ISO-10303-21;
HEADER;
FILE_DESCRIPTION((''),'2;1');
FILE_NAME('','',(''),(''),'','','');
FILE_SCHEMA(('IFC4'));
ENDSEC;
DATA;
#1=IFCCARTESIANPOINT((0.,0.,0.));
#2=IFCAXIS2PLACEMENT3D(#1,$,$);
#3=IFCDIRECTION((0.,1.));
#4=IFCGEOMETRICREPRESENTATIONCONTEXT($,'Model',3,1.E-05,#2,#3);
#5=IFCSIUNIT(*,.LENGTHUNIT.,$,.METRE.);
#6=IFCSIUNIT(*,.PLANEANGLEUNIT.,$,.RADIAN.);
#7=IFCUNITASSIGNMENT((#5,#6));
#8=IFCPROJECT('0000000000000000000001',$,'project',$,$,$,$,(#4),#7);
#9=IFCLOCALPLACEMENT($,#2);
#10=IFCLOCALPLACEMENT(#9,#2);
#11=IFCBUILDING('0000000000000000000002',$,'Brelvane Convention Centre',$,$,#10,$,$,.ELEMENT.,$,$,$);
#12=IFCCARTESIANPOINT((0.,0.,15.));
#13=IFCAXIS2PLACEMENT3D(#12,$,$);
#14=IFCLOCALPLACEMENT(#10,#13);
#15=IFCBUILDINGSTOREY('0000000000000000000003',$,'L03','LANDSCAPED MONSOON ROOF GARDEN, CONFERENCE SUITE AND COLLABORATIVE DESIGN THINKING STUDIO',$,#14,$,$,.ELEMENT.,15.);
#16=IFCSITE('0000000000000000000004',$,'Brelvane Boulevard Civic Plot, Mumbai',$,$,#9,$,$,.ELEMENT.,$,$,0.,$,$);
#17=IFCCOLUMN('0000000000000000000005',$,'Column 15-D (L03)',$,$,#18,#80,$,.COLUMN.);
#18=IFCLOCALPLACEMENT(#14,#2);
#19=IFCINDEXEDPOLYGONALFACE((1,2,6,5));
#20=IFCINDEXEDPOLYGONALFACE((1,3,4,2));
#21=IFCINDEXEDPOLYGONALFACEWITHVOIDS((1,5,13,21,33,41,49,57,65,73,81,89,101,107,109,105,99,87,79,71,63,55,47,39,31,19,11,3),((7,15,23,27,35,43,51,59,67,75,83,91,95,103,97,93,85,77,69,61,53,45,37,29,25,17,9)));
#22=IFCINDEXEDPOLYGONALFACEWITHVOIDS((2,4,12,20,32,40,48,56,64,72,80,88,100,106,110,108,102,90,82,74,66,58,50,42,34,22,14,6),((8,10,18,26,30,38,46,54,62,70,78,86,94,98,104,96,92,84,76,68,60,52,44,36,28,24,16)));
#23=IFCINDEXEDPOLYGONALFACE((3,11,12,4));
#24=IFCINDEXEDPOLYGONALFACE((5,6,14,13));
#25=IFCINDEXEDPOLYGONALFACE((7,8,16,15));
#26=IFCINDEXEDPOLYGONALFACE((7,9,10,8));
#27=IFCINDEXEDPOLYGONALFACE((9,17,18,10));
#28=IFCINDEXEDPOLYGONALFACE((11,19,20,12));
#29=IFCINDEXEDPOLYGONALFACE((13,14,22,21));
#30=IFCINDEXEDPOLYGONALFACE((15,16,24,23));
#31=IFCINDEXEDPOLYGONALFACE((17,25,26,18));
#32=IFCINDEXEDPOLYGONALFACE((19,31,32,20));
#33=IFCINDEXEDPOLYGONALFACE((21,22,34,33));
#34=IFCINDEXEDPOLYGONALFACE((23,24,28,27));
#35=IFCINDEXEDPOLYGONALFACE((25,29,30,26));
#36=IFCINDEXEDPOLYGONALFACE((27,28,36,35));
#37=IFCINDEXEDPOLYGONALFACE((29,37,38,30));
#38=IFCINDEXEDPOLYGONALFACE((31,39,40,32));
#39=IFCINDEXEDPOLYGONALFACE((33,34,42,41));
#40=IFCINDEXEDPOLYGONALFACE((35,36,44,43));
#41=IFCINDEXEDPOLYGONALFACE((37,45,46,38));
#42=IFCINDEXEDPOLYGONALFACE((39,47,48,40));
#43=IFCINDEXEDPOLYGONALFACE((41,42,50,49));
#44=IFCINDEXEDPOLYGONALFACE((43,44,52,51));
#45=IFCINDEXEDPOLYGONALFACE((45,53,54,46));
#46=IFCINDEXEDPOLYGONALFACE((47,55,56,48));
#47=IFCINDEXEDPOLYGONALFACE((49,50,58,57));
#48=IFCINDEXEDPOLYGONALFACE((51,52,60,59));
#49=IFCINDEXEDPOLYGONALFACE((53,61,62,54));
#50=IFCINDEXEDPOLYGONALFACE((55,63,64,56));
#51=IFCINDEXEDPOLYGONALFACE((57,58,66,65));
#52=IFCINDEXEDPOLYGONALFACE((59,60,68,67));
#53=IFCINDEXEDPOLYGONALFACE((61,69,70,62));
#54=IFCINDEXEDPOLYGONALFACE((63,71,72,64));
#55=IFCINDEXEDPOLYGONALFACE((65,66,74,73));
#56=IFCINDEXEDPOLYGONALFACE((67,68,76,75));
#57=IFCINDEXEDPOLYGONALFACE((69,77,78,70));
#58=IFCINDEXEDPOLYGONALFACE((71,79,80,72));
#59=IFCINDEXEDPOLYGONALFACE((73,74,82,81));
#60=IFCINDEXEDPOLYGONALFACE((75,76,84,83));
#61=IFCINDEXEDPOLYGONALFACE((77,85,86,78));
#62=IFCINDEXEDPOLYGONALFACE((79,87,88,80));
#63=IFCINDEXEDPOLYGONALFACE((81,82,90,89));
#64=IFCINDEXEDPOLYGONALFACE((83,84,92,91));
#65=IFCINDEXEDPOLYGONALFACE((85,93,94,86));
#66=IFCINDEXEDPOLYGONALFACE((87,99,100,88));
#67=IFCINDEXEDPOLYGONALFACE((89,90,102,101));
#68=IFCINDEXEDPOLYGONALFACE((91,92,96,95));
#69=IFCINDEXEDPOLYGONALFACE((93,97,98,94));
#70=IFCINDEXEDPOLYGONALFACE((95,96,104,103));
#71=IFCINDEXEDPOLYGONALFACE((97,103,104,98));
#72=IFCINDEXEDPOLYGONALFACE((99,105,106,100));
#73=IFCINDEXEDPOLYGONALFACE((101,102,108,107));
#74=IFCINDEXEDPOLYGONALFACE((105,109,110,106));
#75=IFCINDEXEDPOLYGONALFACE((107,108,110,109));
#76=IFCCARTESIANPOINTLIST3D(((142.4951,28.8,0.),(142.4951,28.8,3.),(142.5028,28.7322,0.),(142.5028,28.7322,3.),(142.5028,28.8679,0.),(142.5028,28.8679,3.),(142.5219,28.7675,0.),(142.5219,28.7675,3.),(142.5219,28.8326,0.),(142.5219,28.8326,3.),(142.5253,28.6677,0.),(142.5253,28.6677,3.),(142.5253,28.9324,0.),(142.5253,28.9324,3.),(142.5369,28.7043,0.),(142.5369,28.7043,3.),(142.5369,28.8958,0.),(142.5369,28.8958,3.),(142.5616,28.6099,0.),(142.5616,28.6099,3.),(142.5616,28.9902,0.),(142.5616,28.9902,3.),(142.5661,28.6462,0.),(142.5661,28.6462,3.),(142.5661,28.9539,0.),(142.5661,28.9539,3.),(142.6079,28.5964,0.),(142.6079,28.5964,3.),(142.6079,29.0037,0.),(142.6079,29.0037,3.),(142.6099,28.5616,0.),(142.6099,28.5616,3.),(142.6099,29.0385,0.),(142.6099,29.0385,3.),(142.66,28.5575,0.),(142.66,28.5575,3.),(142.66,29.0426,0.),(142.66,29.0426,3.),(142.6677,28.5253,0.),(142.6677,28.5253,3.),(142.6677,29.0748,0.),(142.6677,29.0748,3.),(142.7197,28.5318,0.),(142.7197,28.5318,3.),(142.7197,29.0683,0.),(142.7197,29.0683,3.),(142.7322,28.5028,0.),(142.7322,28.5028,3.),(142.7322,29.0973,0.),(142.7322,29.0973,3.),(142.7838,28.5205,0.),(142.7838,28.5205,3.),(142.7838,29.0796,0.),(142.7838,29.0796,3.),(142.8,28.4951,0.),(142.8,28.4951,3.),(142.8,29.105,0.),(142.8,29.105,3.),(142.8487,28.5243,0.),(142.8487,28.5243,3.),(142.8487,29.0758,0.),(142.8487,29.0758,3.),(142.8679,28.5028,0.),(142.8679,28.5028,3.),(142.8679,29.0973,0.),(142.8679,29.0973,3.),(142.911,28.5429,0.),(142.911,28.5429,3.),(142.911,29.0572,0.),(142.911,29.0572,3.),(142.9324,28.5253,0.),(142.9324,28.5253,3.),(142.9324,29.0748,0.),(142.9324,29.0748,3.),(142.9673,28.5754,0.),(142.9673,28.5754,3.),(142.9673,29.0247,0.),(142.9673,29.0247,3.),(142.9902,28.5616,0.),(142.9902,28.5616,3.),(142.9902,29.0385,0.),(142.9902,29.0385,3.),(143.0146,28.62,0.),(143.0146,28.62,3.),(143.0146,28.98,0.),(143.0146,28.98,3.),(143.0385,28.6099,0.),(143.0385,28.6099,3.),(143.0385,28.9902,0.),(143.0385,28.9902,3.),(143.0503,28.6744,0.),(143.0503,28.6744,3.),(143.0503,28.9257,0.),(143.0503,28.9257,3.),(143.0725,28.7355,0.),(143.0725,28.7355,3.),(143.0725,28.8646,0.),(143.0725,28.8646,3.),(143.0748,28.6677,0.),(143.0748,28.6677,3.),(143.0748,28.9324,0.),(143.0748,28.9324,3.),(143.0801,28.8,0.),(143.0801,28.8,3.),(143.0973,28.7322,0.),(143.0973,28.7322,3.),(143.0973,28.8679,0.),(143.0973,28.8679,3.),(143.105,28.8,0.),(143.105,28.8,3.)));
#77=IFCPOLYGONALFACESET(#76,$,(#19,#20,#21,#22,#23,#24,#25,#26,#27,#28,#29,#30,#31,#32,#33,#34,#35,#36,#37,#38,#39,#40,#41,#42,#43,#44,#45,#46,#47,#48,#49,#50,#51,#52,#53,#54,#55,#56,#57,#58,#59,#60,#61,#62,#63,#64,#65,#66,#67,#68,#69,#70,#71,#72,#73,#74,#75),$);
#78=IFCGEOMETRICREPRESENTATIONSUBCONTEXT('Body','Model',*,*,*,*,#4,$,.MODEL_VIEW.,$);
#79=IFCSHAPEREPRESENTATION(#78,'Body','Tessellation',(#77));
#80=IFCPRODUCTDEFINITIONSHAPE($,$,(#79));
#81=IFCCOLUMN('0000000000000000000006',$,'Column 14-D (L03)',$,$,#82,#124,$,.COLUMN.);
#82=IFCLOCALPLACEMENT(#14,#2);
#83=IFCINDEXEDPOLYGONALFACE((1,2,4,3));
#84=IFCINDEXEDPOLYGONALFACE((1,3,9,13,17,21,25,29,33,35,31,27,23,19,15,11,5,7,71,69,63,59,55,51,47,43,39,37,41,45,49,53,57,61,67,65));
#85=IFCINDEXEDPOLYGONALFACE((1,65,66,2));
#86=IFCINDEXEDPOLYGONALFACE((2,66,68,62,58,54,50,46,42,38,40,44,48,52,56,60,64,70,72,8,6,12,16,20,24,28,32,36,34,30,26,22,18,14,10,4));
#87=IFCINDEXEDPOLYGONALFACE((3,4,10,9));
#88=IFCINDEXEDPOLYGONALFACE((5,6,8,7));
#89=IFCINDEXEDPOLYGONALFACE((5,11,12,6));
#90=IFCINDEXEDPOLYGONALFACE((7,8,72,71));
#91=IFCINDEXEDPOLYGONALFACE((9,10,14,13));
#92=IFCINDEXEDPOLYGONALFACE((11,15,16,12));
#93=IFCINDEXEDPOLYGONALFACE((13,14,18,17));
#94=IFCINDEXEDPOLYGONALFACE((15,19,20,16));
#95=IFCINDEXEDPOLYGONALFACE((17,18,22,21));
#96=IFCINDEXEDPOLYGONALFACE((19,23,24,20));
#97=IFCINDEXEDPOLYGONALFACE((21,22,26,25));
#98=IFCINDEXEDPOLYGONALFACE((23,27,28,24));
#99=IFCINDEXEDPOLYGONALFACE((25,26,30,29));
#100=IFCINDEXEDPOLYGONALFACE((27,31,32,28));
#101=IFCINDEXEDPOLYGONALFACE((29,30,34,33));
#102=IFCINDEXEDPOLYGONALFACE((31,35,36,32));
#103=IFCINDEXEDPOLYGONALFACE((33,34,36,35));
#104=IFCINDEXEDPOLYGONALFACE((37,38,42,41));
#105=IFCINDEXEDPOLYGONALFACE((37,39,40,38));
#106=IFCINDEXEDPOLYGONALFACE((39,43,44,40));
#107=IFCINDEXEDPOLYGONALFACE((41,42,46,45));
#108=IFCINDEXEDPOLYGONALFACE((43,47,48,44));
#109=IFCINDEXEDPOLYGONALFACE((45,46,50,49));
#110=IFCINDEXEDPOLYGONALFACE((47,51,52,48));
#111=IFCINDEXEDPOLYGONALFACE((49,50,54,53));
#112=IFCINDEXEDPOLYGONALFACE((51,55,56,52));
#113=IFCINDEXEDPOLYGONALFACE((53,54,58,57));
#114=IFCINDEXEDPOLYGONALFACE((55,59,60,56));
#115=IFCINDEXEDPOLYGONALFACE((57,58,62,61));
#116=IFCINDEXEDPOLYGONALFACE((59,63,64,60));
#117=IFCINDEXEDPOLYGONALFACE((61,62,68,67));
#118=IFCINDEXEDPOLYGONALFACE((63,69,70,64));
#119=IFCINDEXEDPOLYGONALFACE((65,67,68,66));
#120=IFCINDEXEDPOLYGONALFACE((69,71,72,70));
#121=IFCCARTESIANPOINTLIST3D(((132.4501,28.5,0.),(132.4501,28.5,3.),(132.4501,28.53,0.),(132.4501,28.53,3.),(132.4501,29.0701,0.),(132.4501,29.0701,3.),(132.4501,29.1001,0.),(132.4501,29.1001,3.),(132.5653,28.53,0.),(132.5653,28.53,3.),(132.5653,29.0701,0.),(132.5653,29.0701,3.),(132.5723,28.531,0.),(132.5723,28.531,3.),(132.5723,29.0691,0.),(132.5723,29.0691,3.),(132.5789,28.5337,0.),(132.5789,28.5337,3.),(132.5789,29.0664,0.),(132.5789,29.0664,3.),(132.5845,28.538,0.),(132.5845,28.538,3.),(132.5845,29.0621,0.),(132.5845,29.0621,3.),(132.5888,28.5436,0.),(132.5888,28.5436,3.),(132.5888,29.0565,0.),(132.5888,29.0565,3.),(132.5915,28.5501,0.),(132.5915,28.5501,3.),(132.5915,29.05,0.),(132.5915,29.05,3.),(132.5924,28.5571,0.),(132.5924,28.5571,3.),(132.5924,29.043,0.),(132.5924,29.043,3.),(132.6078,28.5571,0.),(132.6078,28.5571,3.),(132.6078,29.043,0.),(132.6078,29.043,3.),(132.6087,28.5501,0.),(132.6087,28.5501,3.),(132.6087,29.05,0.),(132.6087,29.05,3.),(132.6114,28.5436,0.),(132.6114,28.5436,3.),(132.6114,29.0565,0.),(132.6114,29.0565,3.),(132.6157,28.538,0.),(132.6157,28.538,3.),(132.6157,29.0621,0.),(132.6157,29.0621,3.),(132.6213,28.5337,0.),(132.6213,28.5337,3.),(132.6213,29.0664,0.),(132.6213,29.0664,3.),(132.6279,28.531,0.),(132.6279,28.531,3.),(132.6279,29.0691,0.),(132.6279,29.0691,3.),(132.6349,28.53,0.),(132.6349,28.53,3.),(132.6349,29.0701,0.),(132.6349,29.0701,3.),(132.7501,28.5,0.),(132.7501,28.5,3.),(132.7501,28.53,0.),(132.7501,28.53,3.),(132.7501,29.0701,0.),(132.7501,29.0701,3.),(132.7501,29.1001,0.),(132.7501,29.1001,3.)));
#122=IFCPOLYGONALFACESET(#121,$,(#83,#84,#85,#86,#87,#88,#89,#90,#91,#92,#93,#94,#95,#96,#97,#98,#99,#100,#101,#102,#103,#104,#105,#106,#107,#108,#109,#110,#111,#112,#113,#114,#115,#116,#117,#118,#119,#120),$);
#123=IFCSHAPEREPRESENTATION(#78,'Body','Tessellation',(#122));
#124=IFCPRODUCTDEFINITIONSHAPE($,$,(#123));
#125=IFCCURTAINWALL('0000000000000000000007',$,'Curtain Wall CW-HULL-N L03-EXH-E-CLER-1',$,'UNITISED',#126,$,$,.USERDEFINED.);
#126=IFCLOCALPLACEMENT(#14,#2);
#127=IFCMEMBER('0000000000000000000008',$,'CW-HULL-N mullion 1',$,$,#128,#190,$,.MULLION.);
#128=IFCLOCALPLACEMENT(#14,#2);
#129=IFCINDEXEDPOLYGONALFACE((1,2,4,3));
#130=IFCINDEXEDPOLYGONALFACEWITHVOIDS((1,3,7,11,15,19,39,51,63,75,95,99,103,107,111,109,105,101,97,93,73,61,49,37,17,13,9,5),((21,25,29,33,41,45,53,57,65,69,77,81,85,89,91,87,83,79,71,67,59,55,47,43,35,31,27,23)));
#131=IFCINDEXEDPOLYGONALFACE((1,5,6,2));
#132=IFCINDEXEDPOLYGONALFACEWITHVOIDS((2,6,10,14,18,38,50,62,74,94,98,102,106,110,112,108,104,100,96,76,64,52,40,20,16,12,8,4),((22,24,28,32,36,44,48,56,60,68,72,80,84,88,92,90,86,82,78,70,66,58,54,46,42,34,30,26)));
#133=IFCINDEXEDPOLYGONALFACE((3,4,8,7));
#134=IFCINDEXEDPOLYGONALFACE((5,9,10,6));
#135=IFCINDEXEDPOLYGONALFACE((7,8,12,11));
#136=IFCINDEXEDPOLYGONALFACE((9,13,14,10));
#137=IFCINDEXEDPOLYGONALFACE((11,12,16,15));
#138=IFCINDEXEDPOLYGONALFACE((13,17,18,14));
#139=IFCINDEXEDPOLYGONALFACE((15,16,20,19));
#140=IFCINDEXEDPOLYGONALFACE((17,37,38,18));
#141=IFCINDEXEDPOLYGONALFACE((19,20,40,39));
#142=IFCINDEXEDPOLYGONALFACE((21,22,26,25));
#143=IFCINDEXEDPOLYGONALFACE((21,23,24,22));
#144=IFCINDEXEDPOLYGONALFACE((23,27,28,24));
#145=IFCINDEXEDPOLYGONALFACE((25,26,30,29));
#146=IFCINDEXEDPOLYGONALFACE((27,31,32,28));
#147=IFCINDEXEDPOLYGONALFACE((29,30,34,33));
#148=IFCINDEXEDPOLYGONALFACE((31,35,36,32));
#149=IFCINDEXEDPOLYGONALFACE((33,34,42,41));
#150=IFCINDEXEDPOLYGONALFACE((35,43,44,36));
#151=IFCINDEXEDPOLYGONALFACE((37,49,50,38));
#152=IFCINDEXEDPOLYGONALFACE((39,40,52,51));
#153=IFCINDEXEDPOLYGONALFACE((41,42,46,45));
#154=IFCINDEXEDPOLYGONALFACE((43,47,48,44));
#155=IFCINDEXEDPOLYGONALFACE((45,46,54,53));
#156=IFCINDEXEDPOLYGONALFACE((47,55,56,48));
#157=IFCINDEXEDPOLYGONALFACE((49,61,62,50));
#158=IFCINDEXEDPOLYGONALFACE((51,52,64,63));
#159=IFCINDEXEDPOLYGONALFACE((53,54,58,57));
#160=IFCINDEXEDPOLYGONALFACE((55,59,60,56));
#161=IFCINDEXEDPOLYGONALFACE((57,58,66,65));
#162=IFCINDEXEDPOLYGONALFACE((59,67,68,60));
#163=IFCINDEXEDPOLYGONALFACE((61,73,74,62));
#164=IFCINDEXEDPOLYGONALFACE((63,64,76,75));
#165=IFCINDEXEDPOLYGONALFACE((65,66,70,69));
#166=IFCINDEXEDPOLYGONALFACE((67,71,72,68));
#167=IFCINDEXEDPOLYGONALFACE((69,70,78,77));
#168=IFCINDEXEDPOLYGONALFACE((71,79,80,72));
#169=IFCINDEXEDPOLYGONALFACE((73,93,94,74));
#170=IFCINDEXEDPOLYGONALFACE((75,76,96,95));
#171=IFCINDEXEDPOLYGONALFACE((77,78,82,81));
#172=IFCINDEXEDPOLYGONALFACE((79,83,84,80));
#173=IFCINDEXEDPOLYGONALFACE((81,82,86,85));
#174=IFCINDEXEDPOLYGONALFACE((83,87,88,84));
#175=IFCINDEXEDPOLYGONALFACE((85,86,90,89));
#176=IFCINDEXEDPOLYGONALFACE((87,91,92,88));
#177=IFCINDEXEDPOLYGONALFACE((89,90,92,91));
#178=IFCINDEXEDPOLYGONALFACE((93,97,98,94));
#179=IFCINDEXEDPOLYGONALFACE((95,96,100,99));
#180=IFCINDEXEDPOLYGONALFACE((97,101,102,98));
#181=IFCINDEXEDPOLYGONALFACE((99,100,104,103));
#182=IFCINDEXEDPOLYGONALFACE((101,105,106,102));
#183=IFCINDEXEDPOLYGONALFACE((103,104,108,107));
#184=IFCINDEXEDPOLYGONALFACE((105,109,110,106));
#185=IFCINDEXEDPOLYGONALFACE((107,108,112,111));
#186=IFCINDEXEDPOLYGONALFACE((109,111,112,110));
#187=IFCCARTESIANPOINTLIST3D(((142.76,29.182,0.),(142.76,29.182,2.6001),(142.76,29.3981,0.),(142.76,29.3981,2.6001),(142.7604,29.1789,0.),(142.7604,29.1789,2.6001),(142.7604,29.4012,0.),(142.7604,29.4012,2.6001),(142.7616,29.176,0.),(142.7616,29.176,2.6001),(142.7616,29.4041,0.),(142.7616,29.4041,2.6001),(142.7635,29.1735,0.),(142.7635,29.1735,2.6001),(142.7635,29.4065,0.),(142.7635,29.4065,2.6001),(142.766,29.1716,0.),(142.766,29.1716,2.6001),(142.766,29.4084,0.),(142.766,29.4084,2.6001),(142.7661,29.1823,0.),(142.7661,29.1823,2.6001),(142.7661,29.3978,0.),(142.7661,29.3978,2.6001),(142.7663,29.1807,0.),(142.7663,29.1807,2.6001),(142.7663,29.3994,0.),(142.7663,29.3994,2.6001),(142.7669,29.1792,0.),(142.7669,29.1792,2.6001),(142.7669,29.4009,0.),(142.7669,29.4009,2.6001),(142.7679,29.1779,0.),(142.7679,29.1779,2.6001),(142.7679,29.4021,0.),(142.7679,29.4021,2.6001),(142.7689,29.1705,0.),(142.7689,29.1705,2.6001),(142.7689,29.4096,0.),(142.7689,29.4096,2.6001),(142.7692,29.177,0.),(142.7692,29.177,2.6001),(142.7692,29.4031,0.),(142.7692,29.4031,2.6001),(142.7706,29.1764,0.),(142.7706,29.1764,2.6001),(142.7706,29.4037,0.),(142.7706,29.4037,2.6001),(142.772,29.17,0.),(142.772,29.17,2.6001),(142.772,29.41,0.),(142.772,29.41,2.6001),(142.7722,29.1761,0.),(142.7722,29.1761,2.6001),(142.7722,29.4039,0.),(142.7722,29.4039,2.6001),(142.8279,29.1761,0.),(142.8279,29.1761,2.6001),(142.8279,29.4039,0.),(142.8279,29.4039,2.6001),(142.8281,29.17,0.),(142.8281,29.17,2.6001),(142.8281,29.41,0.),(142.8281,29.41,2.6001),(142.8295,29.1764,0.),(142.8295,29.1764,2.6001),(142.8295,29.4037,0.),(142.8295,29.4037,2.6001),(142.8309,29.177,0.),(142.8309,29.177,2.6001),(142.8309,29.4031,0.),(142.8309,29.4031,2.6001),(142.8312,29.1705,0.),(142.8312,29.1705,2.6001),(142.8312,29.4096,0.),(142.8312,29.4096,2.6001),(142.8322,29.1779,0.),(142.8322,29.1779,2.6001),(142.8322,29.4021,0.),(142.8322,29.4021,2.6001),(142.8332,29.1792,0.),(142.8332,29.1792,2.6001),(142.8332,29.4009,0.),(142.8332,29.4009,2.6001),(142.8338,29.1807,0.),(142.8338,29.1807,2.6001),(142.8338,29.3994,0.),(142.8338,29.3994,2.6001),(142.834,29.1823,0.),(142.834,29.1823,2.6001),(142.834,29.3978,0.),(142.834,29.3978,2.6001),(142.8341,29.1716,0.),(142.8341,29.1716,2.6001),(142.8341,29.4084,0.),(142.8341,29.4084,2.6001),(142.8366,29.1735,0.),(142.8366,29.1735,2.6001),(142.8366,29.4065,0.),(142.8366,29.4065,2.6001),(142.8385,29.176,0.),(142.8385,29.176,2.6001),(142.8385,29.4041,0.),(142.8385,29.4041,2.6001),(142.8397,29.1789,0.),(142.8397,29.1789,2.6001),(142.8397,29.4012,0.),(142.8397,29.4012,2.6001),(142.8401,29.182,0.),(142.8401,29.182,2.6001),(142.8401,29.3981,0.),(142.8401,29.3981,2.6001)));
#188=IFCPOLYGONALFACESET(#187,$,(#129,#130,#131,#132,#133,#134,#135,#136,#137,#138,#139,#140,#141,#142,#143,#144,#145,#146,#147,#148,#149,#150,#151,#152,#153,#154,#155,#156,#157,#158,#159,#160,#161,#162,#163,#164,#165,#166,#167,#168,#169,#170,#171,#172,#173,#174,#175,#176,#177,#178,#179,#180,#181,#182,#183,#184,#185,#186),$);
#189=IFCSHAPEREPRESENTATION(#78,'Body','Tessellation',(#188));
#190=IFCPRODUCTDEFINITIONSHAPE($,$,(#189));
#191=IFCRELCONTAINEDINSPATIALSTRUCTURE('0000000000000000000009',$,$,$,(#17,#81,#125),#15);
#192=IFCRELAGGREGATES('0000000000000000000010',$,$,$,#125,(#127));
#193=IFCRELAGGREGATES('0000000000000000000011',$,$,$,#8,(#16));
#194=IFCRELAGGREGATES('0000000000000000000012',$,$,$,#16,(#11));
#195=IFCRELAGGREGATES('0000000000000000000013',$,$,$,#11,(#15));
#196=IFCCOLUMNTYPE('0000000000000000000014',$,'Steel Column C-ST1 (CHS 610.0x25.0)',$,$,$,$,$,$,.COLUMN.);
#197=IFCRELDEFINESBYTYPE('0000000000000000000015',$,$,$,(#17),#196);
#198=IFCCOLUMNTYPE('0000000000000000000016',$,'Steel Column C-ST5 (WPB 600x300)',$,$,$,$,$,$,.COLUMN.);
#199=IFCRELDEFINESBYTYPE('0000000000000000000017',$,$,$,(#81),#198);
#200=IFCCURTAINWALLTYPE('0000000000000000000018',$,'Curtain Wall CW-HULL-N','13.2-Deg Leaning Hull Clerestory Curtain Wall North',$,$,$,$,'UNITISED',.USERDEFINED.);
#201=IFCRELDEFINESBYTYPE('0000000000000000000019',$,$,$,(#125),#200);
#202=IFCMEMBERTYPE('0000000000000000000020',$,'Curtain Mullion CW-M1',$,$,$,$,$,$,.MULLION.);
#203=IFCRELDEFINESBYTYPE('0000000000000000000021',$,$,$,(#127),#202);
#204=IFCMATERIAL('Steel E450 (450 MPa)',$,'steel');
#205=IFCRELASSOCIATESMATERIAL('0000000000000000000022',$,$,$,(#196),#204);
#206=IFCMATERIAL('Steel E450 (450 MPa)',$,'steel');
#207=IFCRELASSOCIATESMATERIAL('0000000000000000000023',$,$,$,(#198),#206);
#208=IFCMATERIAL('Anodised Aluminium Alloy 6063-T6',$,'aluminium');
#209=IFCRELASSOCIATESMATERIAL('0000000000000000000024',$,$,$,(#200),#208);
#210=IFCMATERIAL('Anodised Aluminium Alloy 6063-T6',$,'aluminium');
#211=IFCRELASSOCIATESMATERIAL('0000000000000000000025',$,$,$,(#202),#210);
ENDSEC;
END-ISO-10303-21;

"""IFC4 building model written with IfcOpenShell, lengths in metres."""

from ifc_helpers import new_model, si_unit, direction, frame, origin, origin_2d, place, context, subcontext, project, spatial, hollow_rectangle, hollow_circle, i_section, extrude, material, material_profile, profile_set, type_object, element, aggregate, save


model = new_model("IFC4")

# Units and contexts
model_context = context("Model", 3, precision=1e-05, world=origin(), true_north=direction((0.0, 1.0)))
body_context = subcontext(model_context, "Body", "Model", "MODEL_VIEW")
ifc_project = project(units=[si_unit("LENGTHUNIT", "METRE"), si_unit("PLANEANGLEUNIT", "RADIAN")], contexts=[model_context])

# Site, building, storey
site_placement = place(None, origin())
site = spatial("IfcSite", under=ifc_project, at=site_placement, Name="Brelvane Boulevard Civic Plot, Mumbai", CompositionType="ELEMENT", RefElevation=0.0)
building_placement = place(site_placement, origin())
building = spatial("IfcBuilding", under=site, at=building_placement, Name="Brelvane Convention Centre", CompositionType="ELEMENT")
storey_placement = place(building_placement, frame((0.0, 0.0, 15.0)))
storey = spatial("IfcBuildingStorey", under=building, at=storey_placement, Name="L03", Description="LANDSCAPED MONSOON ROOF GARDEN, CONFERENCE SUITE AND COLLABORATIVE DESIGN THINKING STUDIO", CompositionType="ELEMENT", Elevation=15.0)

# Columns
ifc_material_1 = material(Name="Steel E450 (450 MPa)", Category="steel")
ifc_material_profile_1 = material_profile(ifc_material_1, hollow_circle(Radius=0.3049, WallThickness=0.0249, at=origin_2d()), Name="CHS 610.0x25.0")
ifc_profile_set_1 = profile_set([ifc_material_profile_1], Name="Steel E450 (450 MPa)")
column_type_1 = type_object("IfcColumnType", Name="Steel Column C-ST1 (CHS 610.0x25.0)", PredefinedType="COLUMN", material=ifc_profile_set_1)
column_1_placement = place(storey_placement, frame((142.8, 28.8, 0.0), z_axis=(0.0, 0.0, 1.0), x_axis=(1.0, 0.0, 0.0)))
element("IfcColumn", 1, at=column_1_placement, inside=storey, type_object=column_type_1, Name="Column 15-D (L03)", PredefinedType="COLUMN", context=body_context, shape_type="SweptSolid", body=[
    extrude(hollow_circle(Radius=0.3049, WallThickness=0.0249, at=origin_2d()), origin(), (0.0, 0.0, 1.0), 3.0),
])
ifc_material_2 = material(Name="Steel E450 (450 MPa)", Category="steel")
ifc_material_profile_2 = material_profile(ifc_material_2, i_section(OverallWidth=0.3, OverallDepth=0.6001, WebThickness=0.0154, FlangeThickness=0.03, FilletRadius=0.0271, at=origin_2d()), Name="WPB 600x300")
ifc_profile_set_2 = profile_set([ifc_material_profile_2], Name="Steel E450 (450 MPa)")
column_type_2 = type_object("IfcColumnType", Name="Steel Column C-ST5 (WPB 600x300)", PredefinedType="COLUMN", material=ifc_profile_set_2)
column_2_placement = place(storey_placement, frame((132.6001, 28.8, 0.0), z_axis=(0.0, 0.0, 1.0), x_axis=(1.0, 0.0, 0.0)))
element("IfcColumn", 2, at=column_2_placement, inside=storey, type_object=column_type_2, Name="Column 14-D (L03)", PredefinedType="COLUMN", context=body_context, shape_type="SweptSolid", body=[
    extrude(i_section(OverallWidth=0.3, OverallDepth=0.6001, WebThickness=0.0154, FlangeThickness=0.03, FilletRadius=0.0271, at=origin_2d()), origin(), (0.0, 0.0, 1.0), 3.0),
])

# Curtain wall, member
ifc_material_3 = material(Name="Anodised Aluminium Alloy 6063-T6", Category="aluminium")
curtain_wall_type = type_object("IfcCurtainWallType", Name="Curtain Wall CW-HULL-N", Description="13.2-Deg Leaning Hull Clerestory Curtain Wall North", ElementType="UNITISED", PredefinedType="USERDEFINED", material=ifc_material_3)
curtain_wall_placement = place(storey_placement, origin())
curtain_wall = element("IfcCurtainWall", 3, at=curtain_wall_placement, inside=storey, type_object=curtain_wall_type, Name="Curtain Wall CW-HULL-N L03-EXH-E-CLER-1", ObjectType="UNITISED", PredefinedType="USERDEFINED")
ifc_material_4 = material(Name="Anodised Aluminium Alloy 6063-T6", Category="aluminium")
ifc_material_profile_3 = material_profile(ifc_material_4, hollow_rectangle(XDim=0.0801, YDim=0.24, WallThickness=0.0061, InnerFilletRadius=0.0061, OuterFilletRadius=0.012, at=origin_2d()), Name="ALU-M 240x80x6.0")
ifc_profile_set_3 = profile_set([ifc_material_profile_3], Name="Anodised Aluminium Alloy 6063-T6")
member_type_1 = type_object("IfcMemberType", Name="Curtain Mullion CW-M1", PredefinedType="MULLION", material=ifc_profile_set_3)
member_1_placement = place(storey_placement, frame((142.8, 29.29, 0.0), z_axis=(0.0, 0.0, 1.0), x_axis=(-1.0, 0.0, 0.0)))
member_1 = element("IfcMember", 4, at=member_1_placement, type_object=member_type_1, Name="CW-HULL-N mullion 1", PredefinedType="MULLION", context=body_context, shape_type="SweptSolid", body=[
    extrude(hollow_rectangle(XDim=0.0801, YDim=0.24, WallThickness=0.0061, InnerFilletRadius=0.0061, OuterFilletRadius=0.012, at=origin_2d()), origin(), (0.0, 0.0, 1.0), 2.6001),
])

aggregate(curtain_wall, [member_1])

save(model, "model.ifc")
